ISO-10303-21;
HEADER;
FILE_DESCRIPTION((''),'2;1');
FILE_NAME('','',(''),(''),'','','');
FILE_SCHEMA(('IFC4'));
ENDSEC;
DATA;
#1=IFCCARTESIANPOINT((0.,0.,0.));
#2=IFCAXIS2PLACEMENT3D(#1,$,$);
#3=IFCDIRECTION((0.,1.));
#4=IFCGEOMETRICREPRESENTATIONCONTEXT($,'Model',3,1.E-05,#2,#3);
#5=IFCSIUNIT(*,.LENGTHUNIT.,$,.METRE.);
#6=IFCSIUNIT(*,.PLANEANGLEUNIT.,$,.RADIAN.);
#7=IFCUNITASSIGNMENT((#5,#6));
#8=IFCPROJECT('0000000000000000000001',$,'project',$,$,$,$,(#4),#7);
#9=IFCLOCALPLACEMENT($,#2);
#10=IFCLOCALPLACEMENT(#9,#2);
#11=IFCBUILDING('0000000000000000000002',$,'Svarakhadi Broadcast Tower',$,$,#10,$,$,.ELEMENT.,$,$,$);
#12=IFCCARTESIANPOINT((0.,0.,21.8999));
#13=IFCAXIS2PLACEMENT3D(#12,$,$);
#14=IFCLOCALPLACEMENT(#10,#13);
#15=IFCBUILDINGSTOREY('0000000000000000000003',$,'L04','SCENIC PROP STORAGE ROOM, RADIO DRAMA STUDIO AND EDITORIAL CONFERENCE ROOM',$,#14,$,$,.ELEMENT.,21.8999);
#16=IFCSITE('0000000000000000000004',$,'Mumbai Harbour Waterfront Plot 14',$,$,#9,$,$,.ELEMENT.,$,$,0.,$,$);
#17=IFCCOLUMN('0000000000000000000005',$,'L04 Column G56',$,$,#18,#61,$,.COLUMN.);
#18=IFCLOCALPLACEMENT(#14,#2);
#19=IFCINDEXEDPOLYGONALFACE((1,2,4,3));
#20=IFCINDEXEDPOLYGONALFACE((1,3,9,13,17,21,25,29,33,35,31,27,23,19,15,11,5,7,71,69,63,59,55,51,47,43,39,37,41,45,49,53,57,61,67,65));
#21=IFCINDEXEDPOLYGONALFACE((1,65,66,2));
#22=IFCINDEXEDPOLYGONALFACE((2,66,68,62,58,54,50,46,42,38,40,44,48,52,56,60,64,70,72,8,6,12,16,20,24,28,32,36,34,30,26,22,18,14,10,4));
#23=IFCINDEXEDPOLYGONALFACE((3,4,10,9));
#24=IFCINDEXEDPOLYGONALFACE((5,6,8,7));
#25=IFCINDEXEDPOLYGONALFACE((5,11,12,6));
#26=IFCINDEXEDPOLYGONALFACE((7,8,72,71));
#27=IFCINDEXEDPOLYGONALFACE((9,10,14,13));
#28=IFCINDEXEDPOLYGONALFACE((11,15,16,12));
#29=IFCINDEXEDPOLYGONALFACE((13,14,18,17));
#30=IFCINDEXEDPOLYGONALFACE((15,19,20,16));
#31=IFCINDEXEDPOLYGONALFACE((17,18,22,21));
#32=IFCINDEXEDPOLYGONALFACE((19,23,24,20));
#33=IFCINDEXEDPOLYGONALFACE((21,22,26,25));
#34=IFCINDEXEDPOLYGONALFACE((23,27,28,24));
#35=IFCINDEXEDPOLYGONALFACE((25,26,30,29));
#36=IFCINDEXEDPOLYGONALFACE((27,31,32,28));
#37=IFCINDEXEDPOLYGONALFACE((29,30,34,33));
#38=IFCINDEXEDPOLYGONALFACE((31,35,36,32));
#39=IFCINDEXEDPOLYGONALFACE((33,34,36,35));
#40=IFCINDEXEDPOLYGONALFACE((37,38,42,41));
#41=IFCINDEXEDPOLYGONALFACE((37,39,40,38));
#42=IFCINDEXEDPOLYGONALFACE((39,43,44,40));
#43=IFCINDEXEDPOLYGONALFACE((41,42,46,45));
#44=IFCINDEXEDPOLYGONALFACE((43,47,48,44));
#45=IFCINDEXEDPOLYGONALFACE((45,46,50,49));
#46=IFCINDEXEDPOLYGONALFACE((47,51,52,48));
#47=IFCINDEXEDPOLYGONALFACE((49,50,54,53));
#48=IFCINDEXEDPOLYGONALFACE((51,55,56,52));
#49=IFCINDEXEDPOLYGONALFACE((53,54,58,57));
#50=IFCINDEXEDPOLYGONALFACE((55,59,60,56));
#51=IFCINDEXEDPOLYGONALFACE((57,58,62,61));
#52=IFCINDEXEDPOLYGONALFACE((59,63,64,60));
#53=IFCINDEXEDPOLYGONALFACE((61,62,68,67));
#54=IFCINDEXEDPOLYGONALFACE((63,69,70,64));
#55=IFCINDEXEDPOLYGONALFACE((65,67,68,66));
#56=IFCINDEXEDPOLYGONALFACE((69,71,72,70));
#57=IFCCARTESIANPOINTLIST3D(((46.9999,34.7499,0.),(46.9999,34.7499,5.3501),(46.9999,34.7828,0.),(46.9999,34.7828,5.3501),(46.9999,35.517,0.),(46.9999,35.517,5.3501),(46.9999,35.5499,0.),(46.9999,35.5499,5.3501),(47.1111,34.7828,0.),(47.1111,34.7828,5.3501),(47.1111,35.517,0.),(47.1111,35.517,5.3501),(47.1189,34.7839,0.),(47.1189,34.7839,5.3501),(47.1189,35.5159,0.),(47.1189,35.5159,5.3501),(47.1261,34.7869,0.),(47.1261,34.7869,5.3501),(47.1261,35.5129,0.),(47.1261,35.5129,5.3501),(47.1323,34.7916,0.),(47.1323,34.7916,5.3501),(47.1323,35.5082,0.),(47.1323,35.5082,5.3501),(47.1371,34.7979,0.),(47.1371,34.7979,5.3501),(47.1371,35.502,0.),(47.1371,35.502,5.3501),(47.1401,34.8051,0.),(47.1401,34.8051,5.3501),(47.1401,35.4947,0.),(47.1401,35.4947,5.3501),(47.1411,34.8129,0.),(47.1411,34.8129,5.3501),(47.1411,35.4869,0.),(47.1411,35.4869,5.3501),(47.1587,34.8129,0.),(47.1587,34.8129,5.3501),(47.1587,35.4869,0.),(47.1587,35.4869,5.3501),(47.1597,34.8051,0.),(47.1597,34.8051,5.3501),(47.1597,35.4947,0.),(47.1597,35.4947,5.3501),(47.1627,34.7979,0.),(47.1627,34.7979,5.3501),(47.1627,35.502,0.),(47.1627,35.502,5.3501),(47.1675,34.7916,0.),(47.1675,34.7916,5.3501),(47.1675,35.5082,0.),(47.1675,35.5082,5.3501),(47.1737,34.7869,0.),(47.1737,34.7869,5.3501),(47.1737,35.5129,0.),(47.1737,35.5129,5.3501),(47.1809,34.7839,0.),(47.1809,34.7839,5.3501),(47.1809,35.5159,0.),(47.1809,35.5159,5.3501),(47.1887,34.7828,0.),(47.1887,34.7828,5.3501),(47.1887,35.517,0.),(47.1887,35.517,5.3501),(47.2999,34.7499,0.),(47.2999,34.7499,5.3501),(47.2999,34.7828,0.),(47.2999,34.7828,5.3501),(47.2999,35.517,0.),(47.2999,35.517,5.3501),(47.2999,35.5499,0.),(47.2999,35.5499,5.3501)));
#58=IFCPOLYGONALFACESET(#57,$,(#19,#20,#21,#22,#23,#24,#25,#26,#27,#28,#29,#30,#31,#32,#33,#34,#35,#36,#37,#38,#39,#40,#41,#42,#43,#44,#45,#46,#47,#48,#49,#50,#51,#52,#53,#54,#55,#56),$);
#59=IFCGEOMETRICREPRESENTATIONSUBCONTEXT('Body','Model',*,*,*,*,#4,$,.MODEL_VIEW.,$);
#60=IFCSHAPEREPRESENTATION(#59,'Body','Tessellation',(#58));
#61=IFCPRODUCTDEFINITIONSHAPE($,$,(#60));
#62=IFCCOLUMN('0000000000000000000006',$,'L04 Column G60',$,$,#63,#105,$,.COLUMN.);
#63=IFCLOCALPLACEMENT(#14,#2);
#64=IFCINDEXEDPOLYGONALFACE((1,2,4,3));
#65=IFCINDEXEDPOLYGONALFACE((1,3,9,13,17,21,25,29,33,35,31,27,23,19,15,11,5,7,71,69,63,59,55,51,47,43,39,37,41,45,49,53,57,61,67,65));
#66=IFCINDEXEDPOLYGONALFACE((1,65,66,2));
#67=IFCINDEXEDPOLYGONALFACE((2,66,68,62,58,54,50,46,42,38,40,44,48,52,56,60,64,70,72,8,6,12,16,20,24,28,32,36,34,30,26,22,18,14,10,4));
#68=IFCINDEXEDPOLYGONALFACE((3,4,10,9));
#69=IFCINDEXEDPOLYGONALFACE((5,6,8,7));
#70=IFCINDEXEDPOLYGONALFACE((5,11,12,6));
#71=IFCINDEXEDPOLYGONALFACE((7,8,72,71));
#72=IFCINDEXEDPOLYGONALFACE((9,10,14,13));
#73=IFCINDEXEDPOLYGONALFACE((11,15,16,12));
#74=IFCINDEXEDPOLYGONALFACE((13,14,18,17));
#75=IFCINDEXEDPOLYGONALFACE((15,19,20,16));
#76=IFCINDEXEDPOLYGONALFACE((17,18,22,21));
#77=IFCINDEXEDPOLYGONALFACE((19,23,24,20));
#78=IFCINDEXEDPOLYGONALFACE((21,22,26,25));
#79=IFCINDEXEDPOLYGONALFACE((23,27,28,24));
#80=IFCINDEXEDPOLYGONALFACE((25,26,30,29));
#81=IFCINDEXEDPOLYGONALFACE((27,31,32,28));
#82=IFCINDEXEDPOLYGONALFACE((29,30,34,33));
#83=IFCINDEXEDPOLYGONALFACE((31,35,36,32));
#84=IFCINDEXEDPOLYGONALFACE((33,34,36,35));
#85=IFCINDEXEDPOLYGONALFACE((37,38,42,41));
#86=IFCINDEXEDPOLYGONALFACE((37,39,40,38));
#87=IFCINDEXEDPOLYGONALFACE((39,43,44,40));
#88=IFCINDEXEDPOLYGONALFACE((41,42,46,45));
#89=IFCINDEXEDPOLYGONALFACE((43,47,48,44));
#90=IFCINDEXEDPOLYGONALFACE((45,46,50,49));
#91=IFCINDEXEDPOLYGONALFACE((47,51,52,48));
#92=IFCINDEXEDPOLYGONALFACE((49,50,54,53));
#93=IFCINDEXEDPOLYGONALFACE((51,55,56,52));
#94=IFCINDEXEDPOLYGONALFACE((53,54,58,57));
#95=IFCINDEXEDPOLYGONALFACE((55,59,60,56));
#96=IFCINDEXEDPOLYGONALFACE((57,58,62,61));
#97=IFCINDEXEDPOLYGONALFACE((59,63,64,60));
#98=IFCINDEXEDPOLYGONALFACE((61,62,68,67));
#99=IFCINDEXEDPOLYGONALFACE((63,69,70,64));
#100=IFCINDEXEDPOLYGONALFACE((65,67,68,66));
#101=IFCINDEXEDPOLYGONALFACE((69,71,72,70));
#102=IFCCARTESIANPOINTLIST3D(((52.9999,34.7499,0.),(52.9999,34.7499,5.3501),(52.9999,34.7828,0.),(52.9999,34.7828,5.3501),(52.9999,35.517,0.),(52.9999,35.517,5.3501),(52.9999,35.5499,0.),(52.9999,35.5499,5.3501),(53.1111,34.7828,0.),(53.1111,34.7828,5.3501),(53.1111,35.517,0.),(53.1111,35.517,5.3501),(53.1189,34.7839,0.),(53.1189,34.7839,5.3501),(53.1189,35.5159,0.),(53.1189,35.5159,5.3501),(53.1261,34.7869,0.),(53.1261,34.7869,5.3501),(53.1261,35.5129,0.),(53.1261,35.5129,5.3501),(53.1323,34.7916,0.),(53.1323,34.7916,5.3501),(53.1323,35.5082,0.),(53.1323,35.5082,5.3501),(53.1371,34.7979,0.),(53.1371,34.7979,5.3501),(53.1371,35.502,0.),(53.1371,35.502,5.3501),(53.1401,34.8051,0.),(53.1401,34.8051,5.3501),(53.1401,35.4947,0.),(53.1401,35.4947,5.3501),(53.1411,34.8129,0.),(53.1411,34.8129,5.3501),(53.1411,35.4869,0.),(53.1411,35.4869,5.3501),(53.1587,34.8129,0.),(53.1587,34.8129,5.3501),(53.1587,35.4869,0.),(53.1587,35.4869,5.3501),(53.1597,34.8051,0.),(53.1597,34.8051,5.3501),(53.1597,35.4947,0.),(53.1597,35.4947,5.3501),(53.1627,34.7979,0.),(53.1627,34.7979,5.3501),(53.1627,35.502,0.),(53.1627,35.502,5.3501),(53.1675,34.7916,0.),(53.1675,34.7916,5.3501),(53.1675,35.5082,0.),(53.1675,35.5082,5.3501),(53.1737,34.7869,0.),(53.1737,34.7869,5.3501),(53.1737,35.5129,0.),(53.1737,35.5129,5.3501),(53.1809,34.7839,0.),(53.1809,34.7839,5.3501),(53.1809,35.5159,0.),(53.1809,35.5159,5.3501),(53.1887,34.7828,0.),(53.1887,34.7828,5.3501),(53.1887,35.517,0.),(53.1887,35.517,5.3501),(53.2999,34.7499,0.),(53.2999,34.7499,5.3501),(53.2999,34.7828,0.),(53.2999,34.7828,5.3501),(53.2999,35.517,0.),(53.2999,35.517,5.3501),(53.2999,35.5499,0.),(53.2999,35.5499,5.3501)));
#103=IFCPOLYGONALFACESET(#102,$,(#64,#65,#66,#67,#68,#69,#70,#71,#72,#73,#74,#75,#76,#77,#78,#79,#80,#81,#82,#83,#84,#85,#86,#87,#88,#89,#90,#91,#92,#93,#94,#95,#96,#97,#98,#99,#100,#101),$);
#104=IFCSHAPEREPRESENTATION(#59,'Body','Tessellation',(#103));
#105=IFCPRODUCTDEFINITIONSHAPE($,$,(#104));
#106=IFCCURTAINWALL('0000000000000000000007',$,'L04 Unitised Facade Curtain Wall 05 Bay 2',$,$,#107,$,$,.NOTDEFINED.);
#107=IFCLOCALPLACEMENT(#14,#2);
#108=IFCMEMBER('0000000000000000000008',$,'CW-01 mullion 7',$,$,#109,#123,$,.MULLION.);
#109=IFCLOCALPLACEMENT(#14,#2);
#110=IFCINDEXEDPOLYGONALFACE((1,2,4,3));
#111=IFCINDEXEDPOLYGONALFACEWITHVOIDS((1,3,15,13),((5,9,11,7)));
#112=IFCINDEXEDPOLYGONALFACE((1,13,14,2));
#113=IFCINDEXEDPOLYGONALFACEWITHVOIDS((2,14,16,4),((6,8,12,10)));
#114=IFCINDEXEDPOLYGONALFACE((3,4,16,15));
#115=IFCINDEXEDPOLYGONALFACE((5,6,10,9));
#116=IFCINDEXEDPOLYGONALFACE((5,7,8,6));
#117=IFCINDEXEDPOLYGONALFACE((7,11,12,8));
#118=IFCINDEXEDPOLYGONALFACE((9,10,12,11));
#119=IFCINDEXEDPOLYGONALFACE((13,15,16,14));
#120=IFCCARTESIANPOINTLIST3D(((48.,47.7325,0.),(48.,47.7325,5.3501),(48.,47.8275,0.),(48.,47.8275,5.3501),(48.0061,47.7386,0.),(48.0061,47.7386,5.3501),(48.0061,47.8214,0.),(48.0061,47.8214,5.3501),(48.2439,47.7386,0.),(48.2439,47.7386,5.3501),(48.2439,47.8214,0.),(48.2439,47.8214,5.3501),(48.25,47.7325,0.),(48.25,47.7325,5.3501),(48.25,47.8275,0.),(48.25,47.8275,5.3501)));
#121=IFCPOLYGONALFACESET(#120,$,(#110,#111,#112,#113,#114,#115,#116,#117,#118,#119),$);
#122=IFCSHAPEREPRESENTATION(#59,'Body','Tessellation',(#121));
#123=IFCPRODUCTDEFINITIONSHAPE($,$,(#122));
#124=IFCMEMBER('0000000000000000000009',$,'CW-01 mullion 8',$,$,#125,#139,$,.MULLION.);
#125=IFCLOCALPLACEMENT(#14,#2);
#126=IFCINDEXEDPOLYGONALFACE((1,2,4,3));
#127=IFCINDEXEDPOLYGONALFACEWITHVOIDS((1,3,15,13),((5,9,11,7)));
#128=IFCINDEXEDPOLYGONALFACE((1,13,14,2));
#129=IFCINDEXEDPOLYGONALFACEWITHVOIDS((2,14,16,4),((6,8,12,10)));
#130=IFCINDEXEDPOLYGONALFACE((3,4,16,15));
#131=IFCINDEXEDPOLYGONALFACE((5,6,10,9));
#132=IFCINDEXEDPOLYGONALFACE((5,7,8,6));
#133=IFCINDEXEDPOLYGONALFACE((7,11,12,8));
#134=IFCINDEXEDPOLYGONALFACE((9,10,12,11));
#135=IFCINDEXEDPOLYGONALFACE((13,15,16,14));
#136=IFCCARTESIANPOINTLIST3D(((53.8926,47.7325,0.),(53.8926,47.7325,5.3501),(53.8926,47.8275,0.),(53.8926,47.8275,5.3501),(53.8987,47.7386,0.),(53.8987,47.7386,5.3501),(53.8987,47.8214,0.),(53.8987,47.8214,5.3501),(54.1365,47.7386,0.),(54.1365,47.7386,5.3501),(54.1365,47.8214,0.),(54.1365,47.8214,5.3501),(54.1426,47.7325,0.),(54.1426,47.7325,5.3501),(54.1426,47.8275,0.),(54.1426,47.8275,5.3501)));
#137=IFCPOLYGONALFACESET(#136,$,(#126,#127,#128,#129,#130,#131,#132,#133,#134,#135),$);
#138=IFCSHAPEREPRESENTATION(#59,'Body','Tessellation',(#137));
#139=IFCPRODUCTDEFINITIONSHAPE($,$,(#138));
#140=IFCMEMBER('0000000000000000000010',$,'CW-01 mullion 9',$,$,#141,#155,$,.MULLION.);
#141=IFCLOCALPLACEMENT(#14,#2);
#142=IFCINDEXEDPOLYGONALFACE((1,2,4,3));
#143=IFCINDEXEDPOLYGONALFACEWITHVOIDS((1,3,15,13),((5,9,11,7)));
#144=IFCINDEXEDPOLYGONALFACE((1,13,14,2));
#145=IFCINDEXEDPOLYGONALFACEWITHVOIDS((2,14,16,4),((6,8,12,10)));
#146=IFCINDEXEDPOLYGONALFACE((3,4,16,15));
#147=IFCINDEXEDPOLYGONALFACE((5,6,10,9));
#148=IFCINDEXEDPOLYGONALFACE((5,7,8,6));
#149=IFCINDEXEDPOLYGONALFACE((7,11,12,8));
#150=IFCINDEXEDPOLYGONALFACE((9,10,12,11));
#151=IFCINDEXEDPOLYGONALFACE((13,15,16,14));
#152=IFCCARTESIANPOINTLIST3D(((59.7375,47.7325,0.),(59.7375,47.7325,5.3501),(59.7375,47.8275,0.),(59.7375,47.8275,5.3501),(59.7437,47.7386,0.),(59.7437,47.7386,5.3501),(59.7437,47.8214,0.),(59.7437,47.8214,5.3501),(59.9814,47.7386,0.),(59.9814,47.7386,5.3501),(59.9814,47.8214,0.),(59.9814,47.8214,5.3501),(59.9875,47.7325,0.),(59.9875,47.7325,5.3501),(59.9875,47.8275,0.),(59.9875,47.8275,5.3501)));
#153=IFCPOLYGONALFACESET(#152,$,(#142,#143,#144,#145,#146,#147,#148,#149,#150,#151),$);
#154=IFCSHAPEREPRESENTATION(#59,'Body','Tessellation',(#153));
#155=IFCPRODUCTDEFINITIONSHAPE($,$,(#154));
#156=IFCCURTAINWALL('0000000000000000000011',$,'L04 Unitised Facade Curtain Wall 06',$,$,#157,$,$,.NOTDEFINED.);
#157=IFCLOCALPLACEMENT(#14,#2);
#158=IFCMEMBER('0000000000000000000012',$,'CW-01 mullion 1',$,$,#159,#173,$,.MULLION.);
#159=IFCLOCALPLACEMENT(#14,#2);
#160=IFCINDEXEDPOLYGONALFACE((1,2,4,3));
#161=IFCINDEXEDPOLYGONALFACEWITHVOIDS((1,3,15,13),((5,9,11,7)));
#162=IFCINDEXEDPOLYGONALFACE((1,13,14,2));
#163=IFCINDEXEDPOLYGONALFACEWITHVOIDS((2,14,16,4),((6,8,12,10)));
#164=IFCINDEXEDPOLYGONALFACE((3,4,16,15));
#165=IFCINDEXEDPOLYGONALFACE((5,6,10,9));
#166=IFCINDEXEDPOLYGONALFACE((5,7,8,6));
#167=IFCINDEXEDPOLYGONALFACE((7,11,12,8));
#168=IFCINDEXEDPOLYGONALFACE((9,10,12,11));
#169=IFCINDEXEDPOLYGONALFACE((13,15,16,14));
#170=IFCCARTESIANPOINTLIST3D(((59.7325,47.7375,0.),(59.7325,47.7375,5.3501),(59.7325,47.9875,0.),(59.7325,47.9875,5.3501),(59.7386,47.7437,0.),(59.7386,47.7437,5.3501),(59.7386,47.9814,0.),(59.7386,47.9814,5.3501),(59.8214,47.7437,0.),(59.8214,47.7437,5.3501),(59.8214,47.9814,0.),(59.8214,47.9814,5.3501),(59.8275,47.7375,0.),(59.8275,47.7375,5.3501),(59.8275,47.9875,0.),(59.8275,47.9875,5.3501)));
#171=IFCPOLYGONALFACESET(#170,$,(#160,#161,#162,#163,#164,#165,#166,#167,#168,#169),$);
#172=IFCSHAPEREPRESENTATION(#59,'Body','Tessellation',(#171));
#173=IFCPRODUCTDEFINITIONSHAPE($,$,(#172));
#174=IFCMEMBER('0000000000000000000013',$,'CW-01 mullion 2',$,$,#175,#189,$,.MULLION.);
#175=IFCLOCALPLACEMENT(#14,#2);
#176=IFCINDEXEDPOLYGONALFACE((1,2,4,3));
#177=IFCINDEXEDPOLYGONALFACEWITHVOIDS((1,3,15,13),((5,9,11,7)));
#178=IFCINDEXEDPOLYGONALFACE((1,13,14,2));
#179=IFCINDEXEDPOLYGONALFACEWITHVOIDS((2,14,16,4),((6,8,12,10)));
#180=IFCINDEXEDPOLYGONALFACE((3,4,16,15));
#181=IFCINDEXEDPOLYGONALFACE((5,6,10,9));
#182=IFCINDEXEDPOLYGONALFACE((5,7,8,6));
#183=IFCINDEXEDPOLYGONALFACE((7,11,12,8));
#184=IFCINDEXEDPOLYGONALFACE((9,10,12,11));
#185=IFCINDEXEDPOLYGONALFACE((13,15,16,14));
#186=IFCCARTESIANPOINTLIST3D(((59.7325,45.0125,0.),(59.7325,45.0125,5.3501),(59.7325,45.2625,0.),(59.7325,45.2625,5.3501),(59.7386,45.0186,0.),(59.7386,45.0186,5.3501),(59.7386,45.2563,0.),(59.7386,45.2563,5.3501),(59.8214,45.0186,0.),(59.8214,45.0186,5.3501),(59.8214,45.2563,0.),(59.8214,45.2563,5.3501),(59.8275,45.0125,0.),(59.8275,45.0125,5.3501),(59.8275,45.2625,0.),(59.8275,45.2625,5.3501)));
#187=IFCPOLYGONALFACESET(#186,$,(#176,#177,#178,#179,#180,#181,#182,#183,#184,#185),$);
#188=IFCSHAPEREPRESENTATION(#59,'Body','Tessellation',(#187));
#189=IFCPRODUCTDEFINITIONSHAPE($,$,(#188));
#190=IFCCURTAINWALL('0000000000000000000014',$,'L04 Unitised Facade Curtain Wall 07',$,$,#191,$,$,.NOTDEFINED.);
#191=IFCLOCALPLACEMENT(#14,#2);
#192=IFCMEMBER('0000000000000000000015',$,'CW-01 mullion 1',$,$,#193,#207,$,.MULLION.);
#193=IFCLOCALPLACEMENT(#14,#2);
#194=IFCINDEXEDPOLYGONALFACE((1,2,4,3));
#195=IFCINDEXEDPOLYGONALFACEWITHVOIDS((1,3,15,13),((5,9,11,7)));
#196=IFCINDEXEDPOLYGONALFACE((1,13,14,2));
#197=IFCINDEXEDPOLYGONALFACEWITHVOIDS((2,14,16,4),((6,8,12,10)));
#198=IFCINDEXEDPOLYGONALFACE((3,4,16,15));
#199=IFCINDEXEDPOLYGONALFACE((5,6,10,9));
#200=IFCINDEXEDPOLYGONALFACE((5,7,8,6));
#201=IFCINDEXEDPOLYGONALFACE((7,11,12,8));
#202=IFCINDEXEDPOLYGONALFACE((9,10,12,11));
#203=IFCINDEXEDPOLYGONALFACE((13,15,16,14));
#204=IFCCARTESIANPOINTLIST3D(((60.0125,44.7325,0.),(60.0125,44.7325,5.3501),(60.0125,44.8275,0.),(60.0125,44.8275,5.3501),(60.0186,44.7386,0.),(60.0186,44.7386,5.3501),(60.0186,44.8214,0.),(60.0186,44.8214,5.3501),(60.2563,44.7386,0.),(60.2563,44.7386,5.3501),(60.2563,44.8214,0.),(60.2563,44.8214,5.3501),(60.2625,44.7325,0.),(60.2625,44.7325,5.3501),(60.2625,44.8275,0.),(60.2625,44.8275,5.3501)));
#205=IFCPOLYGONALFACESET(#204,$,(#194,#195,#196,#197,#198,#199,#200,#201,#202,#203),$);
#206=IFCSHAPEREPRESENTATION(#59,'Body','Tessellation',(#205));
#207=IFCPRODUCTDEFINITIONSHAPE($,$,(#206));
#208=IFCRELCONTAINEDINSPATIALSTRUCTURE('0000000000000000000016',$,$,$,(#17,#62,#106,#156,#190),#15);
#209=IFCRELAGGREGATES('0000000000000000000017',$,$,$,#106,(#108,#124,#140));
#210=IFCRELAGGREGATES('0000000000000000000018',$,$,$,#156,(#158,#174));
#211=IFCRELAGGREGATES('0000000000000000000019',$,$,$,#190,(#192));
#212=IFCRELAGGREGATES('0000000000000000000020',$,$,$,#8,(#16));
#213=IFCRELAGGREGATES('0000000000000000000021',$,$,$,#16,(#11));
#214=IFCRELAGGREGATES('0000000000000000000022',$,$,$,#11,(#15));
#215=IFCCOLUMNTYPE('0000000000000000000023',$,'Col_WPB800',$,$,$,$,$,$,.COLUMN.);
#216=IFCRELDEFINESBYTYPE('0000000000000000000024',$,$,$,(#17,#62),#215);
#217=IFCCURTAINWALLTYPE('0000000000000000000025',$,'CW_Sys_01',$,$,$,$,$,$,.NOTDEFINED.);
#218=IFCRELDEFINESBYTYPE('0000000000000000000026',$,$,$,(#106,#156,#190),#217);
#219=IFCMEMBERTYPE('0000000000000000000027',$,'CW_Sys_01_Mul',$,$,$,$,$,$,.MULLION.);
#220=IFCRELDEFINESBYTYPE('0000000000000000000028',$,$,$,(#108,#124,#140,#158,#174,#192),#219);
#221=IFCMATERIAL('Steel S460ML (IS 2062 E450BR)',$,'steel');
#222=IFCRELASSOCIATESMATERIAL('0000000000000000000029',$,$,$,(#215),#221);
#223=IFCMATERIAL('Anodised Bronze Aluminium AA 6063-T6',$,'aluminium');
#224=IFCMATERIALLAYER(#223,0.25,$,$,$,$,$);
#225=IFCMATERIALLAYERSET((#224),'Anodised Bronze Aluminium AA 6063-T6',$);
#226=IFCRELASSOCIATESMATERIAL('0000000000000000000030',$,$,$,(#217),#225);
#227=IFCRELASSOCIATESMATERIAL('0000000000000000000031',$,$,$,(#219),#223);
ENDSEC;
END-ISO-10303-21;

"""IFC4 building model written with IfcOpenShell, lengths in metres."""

from ifc_helpers import new_model, si_unit, direction, frame, origin, origin_2d, place, context, subcontext, project, spatial, hollow_rectangle, i_section, extrude, material, layer, layer_set, material_profile, profile_set, type_object, element, aggregate, save


model = new_model("IFC4")

# Units and contexts
model_context = context("Model", 3, precision=1e-05, world=origin(), true_north=direction((0.0, 1.0)))
body_context = subcontext(model_context, "Body", "Model", "MODEL_VIEW")
ifc_project = project(units=[si_unit("LENGTHUNIT", "METRE"), si_unit("PLANEANGLEUNIT", "RADIAN")], contexts=[model_context])

# Site, building, storey
site_placement = place(None, origin())
site = spatial("IfcSite", under=ifc_project, at=site_placement, Name="Mumbai Harbour Waterfront Plot 14", CompositionType="ELEMENT", RefElevation=0.0)
building_placement = place(site_placement, origin())
building = spatial("IfcBuilding", under=site, at=building_placement, Name="Svarakhadi Broadcast Tower", CompositionType="ELEMENT")
storey_placement = place(building_placement, frame((0.0, 0.0, 21.8999)))
storey = spatial("IfcBuildingStorey", under=building, at=storey_placement, Name="L04", Description="SCENIC PROP STORAGE ROOM, RADIO DRAMA STUDIO AND EDITORIAL CONFERENCE ROOM", CompositionType="ELEMENT", Elevation=21.8999)

# Columns
ifc_material_1 = material(Name="Steel S460ML (IS 2062 E450BR)", Category="steel")
ifc_material_profile_1 = material_profile(ifc_material_1, i_section(OverallWidth=0.3, OverallDepth=0.8, WebThickness=0.0176, FlangeThickness=0.033, FilletRadius=0.03, at=origin_2d()), Name="WPB 800x300x262")
ifc_profile_set_1 = profile_set([ifc_material_profile_1], Name="Steel S460ML (IS 2062 E450BR)")
column_type = type_object("IfcColumnType", Name="Col_WPB800", PredefinedType="COLUMN", material=ifc_profile_set_1)
for number, where, z_axis, x_axis, name in (
    (1, (47.1499, 35.1499, 0.0), (0.0, 0.0, 1.0), (1.0, 0.0, 0.0), "L04 Column G56"),
    (2, (53.1499, 35.1499, 0.0), (0.0, 0.0, 1.0), (1.0, 0.0, 0.0), "L04 Column G60"),
):
    element("IfcColumn", number, at=place(storey_placement, frame(where, z_axis=z_axis, x_axis=x_axis)), inside=storey, type_object=column_type, Name=name, PredefinedType="COLUMN", context=body_context, shape_type="SweptSolid", body=[
        extrude(i_section(OverallWidth=0.3, OverallDepth=0.8, WebThickness=0.0176, FlangeThickness=0.033, FilletRadius=0.03, at=origin_2d()), origin(), (0.0, 0.0, 1.0), 5.3501),
    ])

# Curtain walls, members
ifc_material_2 = material(Name="Anodised Bronze Aluminium AA 6063-T6", Category="aluminium")
ifc_layer_1 = layer(ifc_material_2, 0.25)
ifc_layer_set_1 = layer_set([ifc_layer_1], Name="Anodised Bronze Aluminium AA 6063-T6")
curtain_wall_type = type_object("IfcCurtainWallType", Name="CW_Sys_01", PredefinedType="NOTDEFINED", material=ifc_layer_set_1)
curtain_wall_1_placement = place(storey_placement, origin())
curtain_wall_1 = element("IfcCurtainWall", 3, at=curtain_wall_1_placement, inside=storey, type_object=curtain_wall_type, Name="L04 Unitised Facade Curtain Wall 05 Bay 2", PredefinedType="NOTDEFINED")
ifc_material_profile_2 = material_profile(ifc_material_2, hollow_rectangle(XDim=0.095, YDim=0.25, WallThickness=0.0061, at=origin_2d()), Name="ALU MULLION 250x95x6")
ifc_profile_set_2 = profile_set([ifc_material_profile_2], Name="Anodised Bronze Aluminium AA 6063-T6")
member_type_1 = type_object("IfcMemberType", Name="CW_Sys_01_Mul", PredefinedType="MULLION", material=ifc_profile_set_2)
member_1_placement = place(storey_placement, frame((48.125, 47.78, 0.0), z_axis=(0.0, 0.0, 1.0), x_axis=(0.0, 1.0, 0.0)))
member_1 = element("IfcMember", 4, at=member_1_placement, type_object=member_type_1, Name="CW-01 mullion 7", PredefinedType="MULLION", context=body_context, shape_type="SweptSolid", body=[
    extrude(hollow_rectangle(XDim=0.095, YDim=0.25, WallThickness=0.0061, at=origin_2d()), origin(), (0.0, 0.0, 1.0), 5.3501),
])
member_2_placement = place(storey_placement, frame((54.0176, 47.78, 0.0), z_axis=(0.0, 0.0, 1.0), x_axis=(0.0, 1.0, 0.0)))
member_2 = element("IfcMember", 5, at=member_2_placement, type_object=member_type_1, Name="CW-01 mullion 8", PredefinedType="MULLION", context=body_context, shape_type="SweptSolid", body=[
    extrude(hollow_rectangle(XDim=0.095, YDim=0.25, WallThickness=0.0061, at=origin_2d()), origin(), (0.0, 0.0, 1.0), 5.3501),
])
member_3_placement = place(storey_placement, frame((59.8625, 47.78, 0.0), z_axis=(0.0, 0.0, 1.0), x_axis=(0.0, 1.0, 0.0)))
member_3 = element("IfcMember", 6, at=member_3_placement, type_object=member_type_1, Name="CW-01 mullion 9", PredefinedType="MULLION", context=body_context, shape_type="SweptSolid", body=[
    extrude(hollow_rectangle(XDim=0.095, YDim=0.25, WallThickness=0.0061, at=origin_2d()), origin(), (0.0, 0.0, 1.0), 5.3501),
])
curtain_wall_2_placement = place(storey_placement, origin())
curtain_wall_2 = element("IfcCurtainWall", 7, at=curtain_wall_2_placement, inside=storey, type_object=curtain_wall_type, Name="L04 Unitised Facade Curtain Wall 06", PredefinedType="NOTDEFINED")
member_4_placement = place(storey_placement, frame((59.78, 47.8625, 0.0), z_axis=(0.0, 0.0, 1.0), x_axis=(1.0, 0.0, 0.0)))
member_4 = element("IfcMember", 8, at=member_4_placement, type_object=member_type_1, Name="CW-01 mullion 1", PredefinedType="MULLION", context=body_context, shape_type="SweptSolid", body=[
    extrude(hollow_rectangle(XDim=0.095, YDim=0.25, WallThickness=0.0061, at=origin_2d()), origin(), (0.0, 0.0, 1.0), 5.3501),
])
member_5_placement = place(storey_placement, frame((59.78, 45.1375, 0.0), z_axis=(0.0, 0.0, 1.0), x_axis=(1.0, 0.0, 0.0)))
member_5 = element("IfcMember", 9, at=member_5_placement, type_object=member_type_1, Name="CW-01 mullion 2", PredefinedType="MULLION", context=body_context, shape_type="SweptSolid", body=[
    extrude(hollow_rectangle(XDim=0.095, YDim=0.25, WallThickness=0.0061, at=origin_2d()), origin(), (0.0, 0.0, 1.0), 5.3501),
])
curtain_wall_3_placement = place(storey_placement, origin())
curtain_wall_3 = element("IfcCurtainWall", 10, at=curtain_wall_3_placement, inside=storey, type_object=curtain_wall_type, Name="L04 Unitised Facade Curtain Wall 07", PredefinedType="NOTDEFINED")
member_6_placement = place(storey_placement, frame((60.1375, 44.78, 0.0), z_axis=(0.0, 0.0, 1.0), x_axis=(0.0, 1.0, 0.0)))
member_6 = element("IfcMember", 11, at=member_6_placement, type_object=member_type_1, Name="CW-01 mullion 1", PredefinedType="MULLION", context=body_context, shape_type="SweptSolid", body=[
    extrude(hollow_rectangle(XDim=0.095, YDim=0.25, WallThickness=0.0061, at=origin_2d()), origin(), (0.0, 0.0, 1.0), 5.3501),
])

aggregate(curtain_wall_1, [member_1, member_2, member_3])
aggregate(curtain_wall_2, [member_4, member_5])
aggregate(curtain_wall_3, [member_6])

save(model, "model.ifc")
